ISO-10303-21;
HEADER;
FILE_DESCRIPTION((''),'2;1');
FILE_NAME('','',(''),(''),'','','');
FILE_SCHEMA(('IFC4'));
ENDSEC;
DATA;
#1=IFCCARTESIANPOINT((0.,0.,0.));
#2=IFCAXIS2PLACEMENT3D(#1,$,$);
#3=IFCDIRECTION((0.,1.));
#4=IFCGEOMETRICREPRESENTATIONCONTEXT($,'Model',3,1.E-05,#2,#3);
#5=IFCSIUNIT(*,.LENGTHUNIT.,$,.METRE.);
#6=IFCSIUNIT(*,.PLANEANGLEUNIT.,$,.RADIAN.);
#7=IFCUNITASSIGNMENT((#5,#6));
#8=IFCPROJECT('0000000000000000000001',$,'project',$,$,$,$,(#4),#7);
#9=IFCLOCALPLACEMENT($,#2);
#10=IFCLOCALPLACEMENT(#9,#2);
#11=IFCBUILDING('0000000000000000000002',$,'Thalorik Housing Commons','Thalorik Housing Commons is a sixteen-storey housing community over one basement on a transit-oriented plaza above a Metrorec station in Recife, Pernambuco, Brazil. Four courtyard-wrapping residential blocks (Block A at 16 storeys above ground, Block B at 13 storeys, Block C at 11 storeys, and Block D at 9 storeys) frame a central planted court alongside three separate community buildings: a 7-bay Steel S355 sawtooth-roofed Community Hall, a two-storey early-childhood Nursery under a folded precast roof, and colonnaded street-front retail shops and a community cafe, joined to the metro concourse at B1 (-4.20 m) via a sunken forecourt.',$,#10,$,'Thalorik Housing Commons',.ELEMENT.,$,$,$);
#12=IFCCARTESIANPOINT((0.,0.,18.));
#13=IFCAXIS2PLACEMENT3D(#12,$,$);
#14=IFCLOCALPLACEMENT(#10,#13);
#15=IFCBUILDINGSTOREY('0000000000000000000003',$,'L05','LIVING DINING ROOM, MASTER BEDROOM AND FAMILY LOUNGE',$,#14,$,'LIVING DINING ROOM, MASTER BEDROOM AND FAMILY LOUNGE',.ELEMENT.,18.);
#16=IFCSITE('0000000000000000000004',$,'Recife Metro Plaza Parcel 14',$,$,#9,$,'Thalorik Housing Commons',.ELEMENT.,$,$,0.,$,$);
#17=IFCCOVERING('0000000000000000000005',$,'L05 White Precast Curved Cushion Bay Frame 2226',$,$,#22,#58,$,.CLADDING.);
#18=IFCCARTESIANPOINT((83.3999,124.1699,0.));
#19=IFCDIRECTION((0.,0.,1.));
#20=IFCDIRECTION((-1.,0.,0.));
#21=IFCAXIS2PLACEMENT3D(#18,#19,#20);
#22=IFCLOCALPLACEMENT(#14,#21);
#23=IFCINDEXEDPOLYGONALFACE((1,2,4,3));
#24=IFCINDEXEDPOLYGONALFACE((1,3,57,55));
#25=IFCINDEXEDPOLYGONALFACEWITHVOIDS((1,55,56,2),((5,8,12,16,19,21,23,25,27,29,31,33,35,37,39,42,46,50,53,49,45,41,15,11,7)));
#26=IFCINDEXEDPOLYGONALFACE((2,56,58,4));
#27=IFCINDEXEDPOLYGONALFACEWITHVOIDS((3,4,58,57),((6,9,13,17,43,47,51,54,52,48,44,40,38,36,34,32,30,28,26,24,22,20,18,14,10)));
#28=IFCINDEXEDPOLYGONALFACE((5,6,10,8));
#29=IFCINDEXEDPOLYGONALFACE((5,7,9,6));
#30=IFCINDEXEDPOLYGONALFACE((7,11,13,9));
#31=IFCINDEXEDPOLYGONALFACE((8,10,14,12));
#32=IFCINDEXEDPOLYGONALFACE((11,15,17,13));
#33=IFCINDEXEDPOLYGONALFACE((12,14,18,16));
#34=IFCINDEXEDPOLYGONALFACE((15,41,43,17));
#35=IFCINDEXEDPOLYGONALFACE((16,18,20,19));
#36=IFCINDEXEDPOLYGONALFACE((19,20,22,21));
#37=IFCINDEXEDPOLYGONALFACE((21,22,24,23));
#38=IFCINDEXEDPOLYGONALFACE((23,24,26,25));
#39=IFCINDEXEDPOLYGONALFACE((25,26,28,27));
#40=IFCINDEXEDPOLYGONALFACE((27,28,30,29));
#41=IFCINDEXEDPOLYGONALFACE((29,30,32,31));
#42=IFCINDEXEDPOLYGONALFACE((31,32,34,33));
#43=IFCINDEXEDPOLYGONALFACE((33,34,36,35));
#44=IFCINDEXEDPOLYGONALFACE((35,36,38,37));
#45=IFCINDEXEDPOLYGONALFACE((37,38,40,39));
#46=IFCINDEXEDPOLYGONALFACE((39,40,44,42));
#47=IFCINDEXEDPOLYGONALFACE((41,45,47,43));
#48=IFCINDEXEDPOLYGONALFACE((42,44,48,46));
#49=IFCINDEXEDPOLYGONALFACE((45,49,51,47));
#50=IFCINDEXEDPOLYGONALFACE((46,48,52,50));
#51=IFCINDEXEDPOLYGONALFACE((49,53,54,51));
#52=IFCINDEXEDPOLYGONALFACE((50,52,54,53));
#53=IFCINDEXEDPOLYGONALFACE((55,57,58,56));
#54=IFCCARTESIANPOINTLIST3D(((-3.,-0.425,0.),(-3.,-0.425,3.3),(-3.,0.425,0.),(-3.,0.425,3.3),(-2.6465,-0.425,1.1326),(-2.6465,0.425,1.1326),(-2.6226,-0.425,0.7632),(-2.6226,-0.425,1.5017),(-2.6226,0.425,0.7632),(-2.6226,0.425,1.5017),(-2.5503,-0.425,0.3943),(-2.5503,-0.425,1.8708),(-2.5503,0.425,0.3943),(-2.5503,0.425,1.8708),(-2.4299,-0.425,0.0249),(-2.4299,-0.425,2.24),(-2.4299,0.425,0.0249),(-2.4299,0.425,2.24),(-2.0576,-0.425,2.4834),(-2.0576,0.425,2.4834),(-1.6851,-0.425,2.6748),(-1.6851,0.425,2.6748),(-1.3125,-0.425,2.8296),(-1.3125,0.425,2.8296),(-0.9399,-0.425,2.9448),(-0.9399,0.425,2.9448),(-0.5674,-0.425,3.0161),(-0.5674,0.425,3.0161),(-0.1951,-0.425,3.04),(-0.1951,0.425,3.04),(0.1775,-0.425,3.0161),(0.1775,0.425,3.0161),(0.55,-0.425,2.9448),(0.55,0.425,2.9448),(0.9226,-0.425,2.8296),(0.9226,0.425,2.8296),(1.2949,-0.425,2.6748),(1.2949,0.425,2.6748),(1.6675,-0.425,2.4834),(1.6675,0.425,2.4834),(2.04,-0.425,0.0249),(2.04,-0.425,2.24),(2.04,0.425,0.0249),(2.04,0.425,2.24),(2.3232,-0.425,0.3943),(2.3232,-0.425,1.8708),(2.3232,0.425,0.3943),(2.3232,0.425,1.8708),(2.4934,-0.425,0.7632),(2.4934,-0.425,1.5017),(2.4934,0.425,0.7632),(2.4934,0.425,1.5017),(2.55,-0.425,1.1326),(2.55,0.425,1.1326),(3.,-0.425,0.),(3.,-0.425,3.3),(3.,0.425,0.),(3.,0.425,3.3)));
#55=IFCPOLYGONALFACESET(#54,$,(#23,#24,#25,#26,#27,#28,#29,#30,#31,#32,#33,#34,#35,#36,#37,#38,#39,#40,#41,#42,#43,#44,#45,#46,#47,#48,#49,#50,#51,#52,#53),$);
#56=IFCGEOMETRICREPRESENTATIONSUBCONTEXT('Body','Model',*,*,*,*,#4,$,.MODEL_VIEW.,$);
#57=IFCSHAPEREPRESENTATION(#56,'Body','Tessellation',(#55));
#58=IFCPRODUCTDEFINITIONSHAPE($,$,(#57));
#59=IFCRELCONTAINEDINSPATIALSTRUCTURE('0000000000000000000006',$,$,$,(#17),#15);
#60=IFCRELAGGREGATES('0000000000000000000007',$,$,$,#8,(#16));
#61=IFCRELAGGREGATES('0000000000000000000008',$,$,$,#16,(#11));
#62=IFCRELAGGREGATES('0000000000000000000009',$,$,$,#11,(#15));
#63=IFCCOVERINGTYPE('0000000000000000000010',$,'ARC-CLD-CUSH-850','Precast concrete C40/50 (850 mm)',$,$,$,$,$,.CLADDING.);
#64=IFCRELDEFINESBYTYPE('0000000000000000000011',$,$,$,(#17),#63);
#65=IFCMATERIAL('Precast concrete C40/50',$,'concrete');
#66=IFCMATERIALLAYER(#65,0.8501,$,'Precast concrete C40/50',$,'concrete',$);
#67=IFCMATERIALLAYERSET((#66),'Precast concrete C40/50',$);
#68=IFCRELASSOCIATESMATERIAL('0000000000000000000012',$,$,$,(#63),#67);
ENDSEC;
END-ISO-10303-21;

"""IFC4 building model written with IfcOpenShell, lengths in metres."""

from ifc_helpers import new_model, si_unit, direction, frame, origin, place, context, subcontext, project, spatial, polyline, outline, extrude, material, layer, layer_set, type_object, element, save


model = new_model("IFC4")

# Units and contexts
model_context = context("Model", 3, precision=1e-05, world=origin(), true_north=direction((0.0, 1.0)))
body_context = subcontext(model_context, "Body", "Model", "MODEL_VIEW")
ifc_project = project(units=[si_unit("LENGTHUNIT", "METRE"), si_unit("PLANEANGLEUNIT", "RADIAN")], contexts=[model_context])

# Site, building, storey
site_placement = place(None, origin())
site = spatial("IfcSite", under=ifc_project, at=site_placement, Name="Recife Metro Plaza Parcel 14", LongName="Thalorik Housing Commons", CompositionType="ELEMENT", RefElevation=0.0)
building_placement = place(site_placement, origin())
building = spatial("IfcBuilding", under=site, at=building_placement, Name="Thalorik Housing Commons", Description="Thalorik Housing Commons is a sixteen-storey housing community over one basement on a transit-oriented plaza above a Metrorec station in Recife, Pernambuco, Brazil. Four courtyard-wrapping residential blocks (Block A at 16 storeys above ground, Block B at 13 storeys, Block C at 11 storeys, and Block D at 9 storeys) frame a central planted court alongside three separate community buildings: a 7-bay Steel S355 sawtooth-roofed Community Hall, a two-storey early-childhood Nursery under a folded precast roof, and colonnaded street-front retail shops and a community cafe, joined to the metro concourse at B1 (-4.20 m) via a sunken forecourt.", LongName="Thalorik Housing Commons", CompositionType="ELEMENT")
storey_placement = place(building_placement, frame((0.0, 0.0, 18.0)))
storey = spatial("IfcBuildingStorey", under=building, at=storey_placement, Name="L05", Description="LIVING DINING ROOM, MASTER BEDROOM AND FAMILY LOUNGE", LongName="LIVING DINING ROOM, MASTER BEDROOM AND FAMILY LOUNGE", CompositionType="ELEMENT", Elevation=18.0)

# Shared definitions
ifc_material_1 = material(Name="Precast concrete C40/50", Category="concrete")

# Covering
ifc_layer_1 = layer(ifc_material_1, 0.8501, Name="Precast concrete C40/50", Category="concrete")
ifc_layer_set_1 = layer_set([ifc_layer_1], Name="Precast concrete C40/50")
covering_type = type_object("IfcCoveringType", Name="ARC-CLD-CUSH-850", Description="Precast concrete C40/50 (850 mm)", PredefinedType="CLADDING", material=ifc_layer_set_1)
covering_1_placement = place(storey_placement, frame((83.3999, 124.1699, 0.0), z_axis=(0.0, 0.0, 1.0), x_axis=(-1.0, 0.0, 0.0)))
element("IfcCovering", 1, at=covering_1_placement, inside=storey, type_object=covering_type, Name="L05 White Precast Curved Cushion Bay Frame 2226", PredefinedType="CLADDING", context=body_context, shape_type="SweptSolid", body=[
    extrude(outline(polyline([(-3.0, 0.0), (3.0, 0.0), (3.0, 3.3), (-3.0, 3.3), (-3.0, 0.0)]), holes=[polyline([(2.04, 0.0249), (2.3232, 0.3943), (2.4934, 0.7632), (2.55, 1.1326), (2.4934, 1.5017), (2.3232, 1.8708), (2.04, 2.24), (1.6675, 2.4834), (1.2949, 2.6748), (0.9226, 2.8296), (0.55, 2.9448), (0.1775, 3.0161), (-0.1951, 3.04), (-0.5674, 3.0161), (-0.9399, 2.9448), (-1.3125, 2.8296), (-1.6851, 2.6748), (-2.0576, 2.4834), (-2.4299, 2.24), (-2.5503, 1.8708), (-2.6226, 1.5017), (-2.6465, 1.1326), (-2.6226, 0.7632), (-2.5503, 0.3943), (-2.4299, 0.0249), (2.04, 0.0249)])]), frame((0.0, 0.425, 0.0), z_axis=(0.0, -1.0, 0.0), x_axis=(1.0, 0.0, 0.0)), (0.0, 0.0, 1.0), 0.8501),
])

save(model, "model.ifc")
